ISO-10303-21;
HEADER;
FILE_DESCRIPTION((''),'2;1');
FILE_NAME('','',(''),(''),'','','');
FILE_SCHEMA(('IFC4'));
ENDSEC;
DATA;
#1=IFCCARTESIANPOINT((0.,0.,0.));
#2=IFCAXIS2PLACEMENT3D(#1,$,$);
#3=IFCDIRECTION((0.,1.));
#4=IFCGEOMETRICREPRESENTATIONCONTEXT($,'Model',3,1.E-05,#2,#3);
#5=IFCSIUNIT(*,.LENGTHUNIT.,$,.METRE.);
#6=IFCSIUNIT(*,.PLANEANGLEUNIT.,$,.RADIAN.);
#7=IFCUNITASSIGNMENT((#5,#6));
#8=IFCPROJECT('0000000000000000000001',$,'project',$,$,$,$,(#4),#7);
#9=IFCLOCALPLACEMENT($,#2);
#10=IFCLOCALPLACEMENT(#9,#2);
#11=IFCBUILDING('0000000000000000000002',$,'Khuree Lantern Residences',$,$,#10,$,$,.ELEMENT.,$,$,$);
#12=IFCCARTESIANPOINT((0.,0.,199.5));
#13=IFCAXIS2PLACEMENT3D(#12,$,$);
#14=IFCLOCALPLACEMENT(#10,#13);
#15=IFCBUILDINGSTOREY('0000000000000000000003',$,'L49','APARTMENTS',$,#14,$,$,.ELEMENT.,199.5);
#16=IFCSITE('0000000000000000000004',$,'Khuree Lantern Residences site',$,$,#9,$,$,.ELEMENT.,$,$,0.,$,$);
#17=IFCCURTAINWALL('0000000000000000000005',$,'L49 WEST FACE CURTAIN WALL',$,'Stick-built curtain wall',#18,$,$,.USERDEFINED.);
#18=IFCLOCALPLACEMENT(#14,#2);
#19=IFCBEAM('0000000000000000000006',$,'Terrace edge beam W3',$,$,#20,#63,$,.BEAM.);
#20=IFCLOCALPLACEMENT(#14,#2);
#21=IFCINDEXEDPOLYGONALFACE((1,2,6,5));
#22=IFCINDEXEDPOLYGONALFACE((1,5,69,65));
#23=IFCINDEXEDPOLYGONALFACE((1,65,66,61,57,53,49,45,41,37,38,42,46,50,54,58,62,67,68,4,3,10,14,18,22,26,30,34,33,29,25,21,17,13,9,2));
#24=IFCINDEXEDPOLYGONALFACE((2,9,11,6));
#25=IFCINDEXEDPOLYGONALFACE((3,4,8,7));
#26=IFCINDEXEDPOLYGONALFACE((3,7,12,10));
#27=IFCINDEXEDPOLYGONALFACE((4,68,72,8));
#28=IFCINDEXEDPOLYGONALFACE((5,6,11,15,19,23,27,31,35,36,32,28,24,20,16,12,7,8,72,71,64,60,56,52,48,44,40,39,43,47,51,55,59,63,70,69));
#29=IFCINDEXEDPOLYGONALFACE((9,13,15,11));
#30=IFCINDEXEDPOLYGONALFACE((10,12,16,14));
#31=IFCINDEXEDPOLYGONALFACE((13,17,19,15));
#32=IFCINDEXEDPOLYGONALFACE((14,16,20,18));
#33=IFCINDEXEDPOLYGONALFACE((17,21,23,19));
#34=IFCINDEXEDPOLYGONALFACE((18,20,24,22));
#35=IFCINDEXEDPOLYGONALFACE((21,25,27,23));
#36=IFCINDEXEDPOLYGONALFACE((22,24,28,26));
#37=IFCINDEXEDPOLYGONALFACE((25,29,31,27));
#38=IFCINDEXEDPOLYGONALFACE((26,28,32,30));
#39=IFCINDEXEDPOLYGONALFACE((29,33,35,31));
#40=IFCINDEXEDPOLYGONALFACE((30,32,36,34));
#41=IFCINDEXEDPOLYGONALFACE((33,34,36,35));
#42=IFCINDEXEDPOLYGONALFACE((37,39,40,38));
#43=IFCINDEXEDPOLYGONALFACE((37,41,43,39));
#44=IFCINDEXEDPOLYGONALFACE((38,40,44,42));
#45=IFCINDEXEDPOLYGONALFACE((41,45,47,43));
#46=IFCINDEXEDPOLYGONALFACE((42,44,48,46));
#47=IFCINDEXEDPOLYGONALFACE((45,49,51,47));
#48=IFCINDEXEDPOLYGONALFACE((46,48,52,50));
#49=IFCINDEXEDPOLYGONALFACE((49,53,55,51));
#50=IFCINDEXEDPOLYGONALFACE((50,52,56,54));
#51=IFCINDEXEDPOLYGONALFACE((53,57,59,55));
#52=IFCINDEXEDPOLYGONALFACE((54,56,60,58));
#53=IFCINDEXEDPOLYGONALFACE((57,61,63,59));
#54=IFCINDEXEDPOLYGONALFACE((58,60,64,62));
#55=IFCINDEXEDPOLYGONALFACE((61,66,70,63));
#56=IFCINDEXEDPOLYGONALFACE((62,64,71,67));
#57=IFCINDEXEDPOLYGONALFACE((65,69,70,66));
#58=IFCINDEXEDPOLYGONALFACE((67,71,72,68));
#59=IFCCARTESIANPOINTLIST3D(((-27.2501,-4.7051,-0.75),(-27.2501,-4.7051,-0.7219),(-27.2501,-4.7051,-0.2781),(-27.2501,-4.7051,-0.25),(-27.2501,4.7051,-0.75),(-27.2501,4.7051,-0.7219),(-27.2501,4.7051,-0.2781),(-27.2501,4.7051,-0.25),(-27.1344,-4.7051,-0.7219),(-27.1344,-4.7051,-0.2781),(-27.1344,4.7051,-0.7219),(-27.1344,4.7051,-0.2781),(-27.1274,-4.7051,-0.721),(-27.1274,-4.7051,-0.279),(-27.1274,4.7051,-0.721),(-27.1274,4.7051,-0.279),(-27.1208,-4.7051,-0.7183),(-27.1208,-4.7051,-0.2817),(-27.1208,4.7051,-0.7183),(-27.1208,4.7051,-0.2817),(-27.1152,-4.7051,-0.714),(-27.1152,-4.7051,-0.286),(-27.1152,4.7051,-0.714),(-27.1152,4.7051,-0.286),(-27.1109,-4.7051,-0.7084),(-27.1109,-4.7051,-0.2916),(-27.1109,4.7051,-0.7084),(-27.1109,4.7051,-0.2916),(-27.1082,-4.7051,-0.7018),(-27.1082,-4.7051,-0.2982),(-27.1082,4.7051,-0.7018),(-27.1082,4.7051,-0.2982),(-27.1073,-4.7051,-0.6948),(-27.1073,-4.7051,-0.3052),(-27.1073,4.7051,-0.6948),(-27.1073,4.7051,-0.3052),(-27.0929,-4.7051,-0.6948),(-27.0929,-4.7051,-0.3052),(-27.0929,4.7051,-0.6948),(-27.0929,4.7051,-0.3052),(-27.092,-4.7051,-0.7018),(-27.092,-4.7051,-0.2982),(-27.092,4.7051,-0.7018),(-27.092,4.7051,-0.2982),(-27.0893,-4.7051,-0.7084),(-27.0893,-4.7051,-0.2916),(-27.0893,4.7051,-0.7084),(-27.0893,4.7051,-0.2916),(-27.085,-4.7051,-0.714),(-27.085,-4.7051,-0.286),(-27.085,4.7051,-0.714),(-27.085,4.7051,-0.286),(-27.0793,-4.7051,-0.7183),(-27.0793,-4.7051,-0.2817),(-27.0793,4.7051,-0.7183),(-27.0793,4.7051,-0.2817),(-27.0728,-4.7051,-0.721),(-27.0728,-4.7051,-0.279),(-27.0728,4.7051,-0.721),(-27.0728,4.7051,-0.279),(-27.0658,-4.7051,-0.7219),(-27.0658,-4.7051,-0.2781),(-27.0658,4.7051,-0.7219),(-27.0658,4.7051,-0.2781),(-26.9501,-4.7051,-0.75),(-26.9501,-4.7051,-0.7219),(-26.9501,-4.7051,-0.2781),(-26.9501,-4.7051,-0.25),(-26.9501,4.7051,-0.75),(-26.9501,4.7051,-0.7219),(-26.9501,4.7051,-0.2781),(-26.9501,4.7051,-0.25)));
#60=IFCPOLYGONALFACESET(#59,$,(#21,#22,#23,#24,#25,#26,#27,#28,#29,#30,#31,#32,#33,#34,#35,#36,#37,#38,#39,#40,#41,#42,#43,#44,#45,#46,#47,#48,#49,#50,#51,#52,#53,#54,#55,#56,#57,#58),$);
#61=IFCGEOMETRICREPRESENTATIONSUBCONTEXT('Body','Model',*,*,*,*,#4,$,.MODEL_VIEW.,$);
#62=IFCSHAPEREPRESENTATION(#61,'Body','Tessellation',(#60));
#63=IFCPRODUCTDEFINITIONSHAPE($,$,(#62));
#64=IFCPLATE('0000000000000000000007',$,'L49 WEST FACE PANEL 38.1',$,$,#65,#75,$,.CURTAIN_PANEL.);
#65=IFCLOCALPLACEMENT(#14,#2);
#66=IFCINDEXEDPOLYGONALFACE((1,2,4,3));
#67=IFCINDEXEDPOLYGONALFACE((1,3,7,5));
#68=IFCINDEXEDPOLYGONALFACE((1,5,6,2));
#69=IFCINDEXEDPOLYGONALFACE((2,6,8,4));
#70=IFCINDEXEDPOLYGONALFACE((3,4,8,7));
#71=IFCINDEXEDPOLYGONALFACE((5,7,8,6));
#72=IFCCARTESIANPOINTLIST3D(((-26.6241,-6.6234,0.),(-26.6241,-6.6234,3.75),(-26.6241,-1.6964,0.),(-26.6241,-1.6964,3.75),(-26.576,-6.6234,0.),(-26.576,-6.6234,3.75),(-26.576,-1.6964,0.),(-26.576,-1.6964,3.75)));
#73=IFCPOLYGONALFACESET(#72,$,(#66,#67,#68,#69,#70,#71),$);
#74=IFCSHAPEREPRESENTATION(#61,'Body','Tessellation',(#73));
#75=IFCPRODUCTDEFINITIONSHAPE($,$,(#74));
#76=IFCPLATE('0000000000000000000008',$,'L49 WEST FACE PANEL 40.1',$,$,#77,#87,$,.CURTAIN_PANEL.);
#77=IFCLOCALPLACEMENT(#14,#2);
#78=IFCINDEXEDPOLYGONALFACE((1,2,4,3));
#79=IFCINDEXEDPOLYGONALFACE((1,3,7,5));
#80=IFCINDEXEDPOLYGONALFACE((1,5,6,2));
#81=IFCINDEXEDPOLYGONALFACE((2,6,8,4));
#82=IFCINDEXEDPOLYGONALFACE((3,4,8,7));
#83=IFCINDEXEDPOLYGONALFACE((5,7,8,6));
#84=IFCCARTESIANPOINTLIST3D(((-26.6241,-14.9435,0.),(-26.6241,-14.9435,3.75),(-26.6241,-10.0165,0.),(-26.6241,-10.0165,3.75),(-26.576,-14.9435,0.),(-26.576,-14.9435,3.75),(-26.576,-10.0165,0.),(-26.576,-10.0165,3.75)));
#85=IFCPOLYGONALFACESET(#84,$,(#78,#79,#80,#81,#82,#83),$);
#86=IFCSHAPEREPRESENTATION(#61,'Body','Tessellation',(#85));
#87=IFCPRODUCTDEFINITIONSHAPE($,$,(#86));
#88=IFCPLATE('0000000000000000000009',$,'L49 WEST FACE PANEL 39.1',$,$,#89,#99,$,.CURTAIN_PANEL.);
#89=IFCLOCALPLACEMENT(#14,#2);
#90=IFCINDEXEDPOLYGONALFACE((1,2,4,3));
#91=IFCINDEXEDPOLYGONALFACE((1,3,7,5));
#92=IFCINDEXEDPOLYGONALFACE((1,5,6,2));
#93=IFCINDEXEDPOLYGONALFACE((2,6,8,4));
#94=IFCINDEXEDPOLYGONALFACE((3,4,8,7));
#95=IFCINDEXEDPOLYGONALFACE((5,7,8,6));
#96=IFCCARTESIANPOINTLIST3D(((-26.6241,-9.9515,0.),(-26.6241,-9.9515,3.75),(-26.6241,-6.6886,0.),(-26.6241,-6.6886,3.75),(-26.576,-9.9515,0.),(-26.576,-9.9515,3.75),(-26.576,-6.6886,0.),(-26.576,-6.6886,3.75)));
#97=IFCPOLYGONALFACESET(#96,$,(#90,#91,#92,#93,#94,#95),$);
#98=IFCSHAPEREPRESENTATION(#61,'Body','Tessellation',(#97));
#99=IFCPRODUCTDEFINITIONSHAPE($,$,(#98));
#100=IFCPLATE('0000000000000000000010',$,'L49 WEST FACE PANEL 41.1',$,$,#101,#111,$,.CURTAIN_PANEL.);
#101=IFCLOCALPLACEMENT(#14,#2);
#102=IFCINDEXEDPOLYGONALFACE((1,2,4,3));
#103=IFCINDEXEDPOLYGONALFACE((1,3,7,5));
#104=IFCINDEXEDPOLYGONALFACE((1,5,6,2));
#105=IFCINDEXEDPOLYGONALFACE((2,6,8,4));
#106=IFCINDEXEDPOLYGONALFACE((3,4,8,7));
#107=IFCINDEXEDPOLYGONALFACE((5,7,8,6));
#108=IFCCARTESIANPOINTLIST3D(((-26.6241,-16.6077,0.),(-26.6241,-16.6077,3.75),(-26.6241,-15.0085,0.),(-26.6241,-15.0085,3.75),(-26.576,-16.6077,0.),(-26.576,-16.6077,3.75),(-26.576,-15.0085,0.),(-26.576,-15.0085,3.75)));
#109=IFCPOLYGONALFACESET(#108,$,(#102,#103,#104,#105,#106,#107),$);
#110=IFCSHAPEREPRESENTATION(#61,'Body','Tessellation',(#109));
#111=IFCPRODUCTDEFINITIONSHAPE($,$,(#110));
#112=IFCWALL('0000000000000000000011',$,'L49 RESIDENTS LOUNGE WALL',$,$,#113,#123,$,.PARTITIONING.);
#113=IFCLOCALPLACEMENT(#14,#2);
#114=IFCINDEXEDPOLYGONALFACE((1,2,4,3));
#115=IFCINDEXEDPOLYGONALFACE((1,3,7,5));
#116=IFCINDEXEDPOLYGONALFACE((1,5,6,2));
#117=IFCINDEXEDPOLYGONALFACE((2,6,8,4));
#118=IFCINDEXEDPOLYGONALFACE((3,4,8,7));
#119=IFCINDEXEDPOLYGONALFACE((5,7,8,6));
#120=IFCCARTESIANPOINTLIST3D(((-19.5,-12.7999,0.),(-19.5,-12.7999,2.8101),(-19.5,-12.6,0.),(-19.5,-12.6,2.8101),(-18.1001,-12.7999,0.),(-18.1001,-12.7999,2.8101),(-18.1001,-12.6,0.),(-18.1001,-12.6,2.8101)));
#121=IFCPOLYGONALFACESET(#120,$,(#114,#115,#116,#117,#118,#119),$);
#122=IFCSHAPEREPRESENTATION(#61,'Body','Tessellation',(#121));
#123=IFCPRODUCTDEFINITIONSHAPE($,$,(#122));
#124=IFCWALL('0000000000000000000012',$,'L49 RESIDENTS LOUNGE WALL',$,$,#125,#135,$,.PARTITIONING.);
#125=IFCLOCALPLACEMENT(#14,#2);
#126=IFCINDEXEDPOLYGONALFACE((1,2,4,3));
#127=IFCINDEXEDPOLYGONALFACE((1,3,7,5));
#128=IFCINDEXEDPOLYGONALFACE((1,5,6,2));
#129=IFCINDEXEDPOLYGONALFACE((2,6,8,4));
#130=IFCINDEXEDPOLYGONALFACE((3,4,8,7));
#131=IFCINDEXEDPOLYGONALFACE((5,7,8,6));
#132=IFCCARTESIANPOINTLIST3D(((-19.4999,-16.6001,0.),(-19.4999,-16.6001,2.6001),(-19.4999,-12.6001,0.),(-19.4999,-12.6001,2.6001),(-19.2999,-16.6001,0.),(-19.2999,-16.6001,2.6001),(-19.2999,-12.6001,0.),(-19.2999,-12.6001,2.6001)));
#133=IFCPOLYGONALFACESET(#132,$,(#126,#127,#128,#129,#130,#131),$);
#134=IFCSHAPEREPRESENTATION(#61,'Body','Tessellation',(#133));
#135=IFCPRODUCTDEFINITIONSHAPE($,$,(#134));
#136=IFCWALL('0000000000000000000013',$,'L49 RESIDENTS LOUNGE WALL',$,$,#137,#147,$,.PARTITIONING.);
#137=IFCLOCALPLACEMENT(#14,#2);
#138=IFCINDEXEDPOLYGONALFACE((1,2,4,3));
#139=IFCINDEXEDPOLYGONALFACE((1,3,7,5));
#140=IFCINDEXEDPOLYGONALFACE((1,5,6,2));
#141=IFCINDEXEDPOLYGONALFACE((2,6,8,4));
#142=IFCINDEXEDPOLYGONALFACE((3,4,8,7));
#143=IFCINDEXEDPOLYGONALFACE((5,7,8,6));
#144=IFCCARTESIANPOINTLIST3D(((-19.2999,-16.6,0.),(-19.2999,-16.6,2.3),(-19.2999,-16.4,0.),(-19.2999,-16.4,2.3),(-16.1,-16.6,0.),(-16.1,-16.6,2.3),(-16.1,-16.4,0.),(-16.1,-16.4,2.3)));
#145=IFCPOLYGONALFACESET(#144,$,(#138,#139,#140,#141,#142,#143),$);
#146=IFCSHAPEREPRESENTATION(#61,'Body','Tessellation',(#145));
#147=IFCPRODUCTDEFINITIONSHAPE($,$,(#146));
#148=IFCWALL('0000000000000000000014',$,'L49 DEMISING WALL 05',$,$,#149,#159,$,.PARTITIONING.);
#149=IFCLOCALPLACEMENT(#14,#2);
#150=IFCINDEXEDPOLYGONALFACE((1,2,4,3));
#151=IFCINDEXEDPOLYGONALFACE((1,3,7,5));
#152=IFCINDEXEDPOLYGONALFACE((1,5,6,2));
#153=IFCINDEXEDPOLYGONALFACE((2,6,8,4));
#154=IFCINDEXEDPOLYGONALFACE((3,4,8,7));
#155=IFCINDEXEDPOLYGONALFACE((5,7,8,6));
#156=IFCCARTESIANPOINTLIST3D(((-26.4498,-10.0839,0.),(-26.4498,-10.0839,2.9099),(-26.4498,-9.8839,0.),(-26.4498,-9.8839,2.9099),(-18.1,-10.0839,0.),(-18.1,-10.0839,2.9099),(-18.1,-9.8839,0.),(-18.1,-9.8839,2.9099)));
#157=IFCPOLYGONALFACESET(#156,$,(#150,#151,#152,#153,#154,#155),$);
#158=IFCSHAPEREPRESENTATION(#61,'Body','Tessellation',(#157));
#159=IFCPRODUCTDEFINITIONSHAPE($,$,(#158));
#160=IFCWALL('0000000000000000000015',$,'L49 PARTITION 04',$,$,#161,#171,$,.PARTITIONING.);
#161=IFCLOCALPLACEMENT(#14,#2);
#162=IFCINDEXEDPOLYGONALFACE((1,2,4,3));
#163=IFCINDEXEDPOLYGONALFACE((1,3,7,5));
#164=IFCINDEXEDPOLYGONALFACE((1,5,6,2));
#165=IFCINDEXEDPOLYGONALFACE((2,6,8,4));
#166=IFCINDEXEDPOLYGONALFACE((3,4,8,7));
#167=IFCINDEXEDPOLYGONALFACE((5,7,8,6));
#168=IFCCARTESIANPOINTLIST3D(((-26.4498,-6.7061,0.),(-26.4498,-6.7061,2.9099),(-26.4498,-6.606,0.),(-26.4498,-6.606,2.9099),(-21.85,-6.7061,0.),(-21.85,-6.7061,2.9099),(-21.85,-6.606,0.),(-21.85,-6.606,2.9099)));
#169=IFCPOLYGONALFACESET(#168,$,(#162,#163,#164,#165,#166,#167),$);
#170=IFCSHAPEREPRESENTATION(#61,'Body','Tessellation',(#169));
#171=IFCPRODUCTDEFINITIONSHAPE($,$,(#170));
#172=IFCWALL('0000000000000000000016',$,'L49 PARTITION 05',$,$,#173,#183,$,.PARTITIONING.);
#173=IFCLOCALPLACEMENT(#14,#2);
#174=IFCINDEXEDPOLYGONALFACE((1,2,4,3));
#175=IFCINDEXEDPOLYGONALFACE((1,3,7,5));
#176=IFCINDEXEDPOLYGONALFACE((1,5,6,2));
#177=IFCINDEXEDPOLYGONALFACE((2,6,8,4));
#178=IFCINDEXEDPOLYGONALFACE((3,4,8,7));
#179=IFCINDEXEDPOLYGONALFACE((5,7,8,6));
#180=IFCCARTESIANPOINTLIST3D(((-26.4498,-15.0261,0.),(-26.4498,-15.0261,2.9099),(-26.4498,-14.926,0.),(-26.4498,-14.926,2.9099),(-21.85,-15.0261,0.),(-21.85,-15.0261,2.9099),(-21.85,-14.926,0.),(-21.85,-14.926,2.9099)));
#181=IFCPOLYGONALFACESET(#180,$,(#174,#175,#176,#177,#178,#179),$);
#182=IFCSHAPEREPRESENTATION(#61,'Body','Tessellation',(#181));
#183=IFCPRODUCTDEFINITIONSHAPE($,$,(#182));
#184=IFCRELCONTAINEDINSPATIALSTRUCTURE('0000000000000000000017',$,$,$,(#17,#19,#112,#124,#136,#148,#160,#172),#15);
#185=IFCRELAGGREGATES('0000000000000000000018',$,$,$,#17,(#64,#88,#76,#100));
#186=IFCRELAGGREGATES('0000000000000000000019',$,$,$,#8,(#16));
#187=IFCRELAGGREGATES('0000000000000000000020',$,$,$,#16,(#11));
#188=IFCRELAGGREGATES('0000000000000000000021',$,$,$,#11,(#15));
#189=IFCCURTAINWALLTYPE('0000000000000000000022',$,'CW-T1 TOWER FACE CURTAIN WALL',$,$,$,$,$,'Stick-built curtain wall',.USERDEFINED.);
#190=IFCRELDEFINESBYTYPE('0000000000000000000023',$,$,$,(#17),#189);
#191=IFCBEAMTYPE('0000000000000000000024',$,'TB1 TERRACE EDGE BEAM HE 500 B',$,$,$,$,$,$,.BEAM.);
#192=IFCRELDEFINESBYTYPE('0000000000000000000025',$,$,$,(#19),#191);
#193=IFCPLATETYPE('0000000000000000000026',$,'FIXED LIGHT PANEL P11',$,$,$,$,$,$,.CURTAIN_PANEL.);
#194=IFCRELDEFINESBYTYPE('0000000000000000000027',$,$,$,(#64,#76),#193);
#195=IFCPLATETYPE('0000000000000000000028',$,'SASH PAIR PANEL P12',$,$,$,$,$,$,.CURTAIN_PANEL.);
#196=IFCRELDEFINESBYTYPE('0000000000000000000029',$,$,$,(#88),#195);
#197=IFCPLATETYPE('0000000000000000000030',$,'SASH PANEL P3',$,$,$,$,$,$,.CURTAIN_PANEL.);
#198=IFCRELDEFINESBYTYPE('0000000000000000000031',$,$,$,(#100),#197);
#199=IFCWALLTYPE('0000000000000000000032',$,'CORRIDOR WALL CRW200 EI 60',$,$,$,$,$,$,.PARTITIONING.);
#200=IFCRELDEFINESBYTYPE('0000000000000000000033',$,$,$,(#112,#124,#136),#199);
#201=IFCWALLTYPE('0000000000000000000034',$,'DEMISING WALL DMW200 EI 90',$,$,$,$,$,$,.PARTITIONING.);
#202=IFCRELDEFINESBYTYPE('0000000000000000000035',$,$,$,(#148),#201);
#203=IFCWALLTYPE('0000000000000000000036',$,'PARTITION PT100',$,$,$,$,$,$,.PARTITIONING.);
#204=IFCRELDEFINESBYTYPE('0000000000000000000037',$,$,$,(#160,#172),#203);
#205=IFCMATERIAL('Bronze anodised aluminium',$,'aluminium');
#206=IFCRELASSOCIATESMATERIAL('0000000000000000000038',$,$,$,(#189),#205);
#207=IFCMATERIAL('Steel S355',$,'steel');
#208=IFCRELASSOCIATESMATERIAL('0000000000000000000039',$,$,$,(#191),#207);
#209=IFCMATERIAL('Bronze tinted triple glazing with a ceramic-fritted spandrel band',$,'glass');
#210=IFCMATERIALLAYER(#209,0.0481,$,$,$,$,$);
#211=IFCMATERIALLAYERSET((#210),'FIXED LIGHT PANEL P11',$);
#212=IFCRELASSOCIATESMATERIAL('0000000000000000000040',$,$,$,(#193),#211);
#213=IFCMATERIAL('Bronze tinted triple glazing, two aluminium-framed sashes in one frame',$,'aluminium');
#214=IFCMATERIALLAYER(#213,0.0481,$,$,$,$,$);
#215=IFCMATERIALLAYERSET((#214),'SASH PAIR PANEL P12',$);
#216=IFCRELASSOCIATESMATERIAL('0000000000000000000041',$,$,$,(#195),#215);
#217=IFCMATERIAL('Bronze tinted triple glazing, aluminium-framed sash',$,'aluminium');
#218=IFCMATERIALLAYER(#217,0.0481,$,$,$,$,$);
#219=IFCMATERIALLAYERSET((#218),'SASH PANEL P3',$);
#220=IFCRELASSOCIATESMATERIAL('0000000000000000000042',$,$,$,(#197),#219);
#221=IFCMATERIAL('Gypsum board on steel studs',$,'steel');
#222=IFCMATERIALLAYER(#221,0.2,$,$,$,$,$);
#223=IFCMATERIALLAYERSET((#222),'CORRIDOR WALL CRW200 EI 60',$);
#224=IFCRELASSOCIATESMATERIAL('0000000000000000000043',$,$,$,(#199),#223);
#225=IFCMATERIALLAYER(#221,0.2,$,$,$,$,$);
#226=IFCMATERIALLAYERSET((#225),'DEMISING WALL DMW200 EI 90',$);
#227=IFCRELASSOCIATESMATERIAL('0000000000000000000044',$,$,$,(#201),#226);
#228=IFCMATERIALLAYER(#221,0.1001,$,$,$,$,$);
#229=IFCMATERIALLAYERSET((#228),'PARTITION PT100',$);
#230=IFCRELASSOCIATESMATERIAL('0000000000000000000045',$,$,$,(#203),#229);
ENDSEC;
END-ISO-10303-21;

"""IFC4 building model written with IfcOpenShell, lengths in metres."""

from ifc_helpers import new_model, si_unit, direction, frame, frame_2d, origin, origin_2d, place, context, subcontext, project, spatial, rectangle, i_section, extrude, material, layer, layer_set, material_profile, profile_set, type_object, element, aggregate, save


model = new_model("IFC4")

# Units and contexts
model_context = context("Model", 3, precision=1e-05, world=origin(), true_north=direction((0.0, 1.0)))
body_context = subcontext(model_context, "Body", "Model", "MODEL_VIEW")
ifc_project = project(units=[si_unit("LENGTHUNIT", "METRE"), si_unit("PLANEANGLEUNIT", "RADIAN")], contexts=[model_context])

# Site, building, storey
site_placement = place(None, origin())
site = spatial("IfcSite", under=ifc_project, at=site_placement, Name="Khuree Lantern Residences site", CompositionType="ELEMENT", RefElevation=0.0)
building_placement = place(site_placement, origin())
building = spatial("IfcBuilding", under=site, at=building_placement, Name="Khuree Lantern Residences", CompositionType="ELEMENT")
storey_placement = place(building_placement, frame((0.0, 0.0, 199.5)))
storey = spatial("IfcBuildingStorey", under=building, at=storey_placement, Name="L49", Description="APARTMENTS", CompositionType="ELEMENT", Elevation=199.5)

# Shared definitions
ifc_material_1 = material(Name="Steel S355", Category="steel")

# Curtain wall
ifc_material_2 = material(Name="Bronze anodised aluminium", Category="aluminium")
curtain_wall_type = type_object("IfcCurtainWallType", Name="CW-T1 TOWER FACE CURTAIN WALL", ElementType="Stick-built curtain wall", PredefinedType="USERDEFINED", material=ifc_material_2)
curtain_wall_placement = place(storey_placement, origin())
curtain_wall = element("IfcCurtainWall", 1, at=curtain_wall_placement, inside=storey, type_object=curtain_wall_type, Name="L49 WEST FACE CURTAIN WALL", ObjectType="Stick-built curtain wall", PredefinedType="USERDEFINED")

# Beam
ifc_material_profile_1 = material_profile(ifc_material_1, i_section(OverallWidth=0.3, OverallDepth=0.5, WebThickness=0.0144, FlangeThickness=0.0281, FilletRadius=0.0271, at=origin_2d()), Name="HE 500 B")
ifc_profile_set_1 = profile_set([ifc_material_profile_1], Name="Steel S355")
beam_type_1 = type_object("IfcBeamType", Name="TB1 TERRACE EDGE BEAM HE 500 B", PredefinedType="BEAM", material=ifc_profile_set_1)
beam_1_placement = place(storey_placement, frame((-27.1001, -4.7051, -0.5), z_axis=(0.0, 1.0, 0.0), x_axis=(-1.0, 0.0, 0.0)))
element("IfcBeam", 2, at=beam_1_placement, inside=storey, type_object=beam_type_1, Name="Terrace edge beam W3", PredefinedType="BEAM", context=body_context, shape_type="SweptSolid", body=[
    extrude(i_section(OverallWidth=0.3, OverallDepth=0.5, WebThickness=0.0144, FlangeThickness=0.0281, FilletRadius=0.0271, at=origin_2d()), origin(), (0.0, 0.0, 1.0), 9.4102),
])

# Plates
ifc_material_3 = material(Name="Bronze tinted triple glazing with a ceramic-fritted spandrel band", Category="glass")
ifc_layer_1 = layer(ifc_material_3, 0.0481)
ifc_layer_set_1 = layer_set([ifc_layer_1], Name="FIXED LIGHT PANEL P11")
plate_type_1 = type_object("IfcPlateType", Name="FIXED LIGHT PANEL P11", PredefinedType="CURTAIN_PANEL", material=ifc_layer_set_1)
plate_1_placement = place(storey_placement, frame((-26.6001, -4.1599, 0.0), z_axis=(0.0, 0.0, 1.0), x_axis=(0.0, -1.0, 0.0)))
plate_1 = element("IfcPlate", 3, at=plate_1_placement, type_object=plate_type_1, Name="L49 WEST FACE PANEL 38.1", PredefinedType="CURTAIN_PANEL", context=body_context, shape_type="SweptSolid", body=[
    extrude(rectangle(XDim=4.927, YDim=0.0481, at=origin_2d()), origin(), (0.0, 0.0, 1.0), 3.75),
])
plate_2_placement = place(storey_placement, frame((-26.6001, -12.48, 0.0), z_axis=(0.0, 0.0, 1.0), x_axis=(0.0, -1.0, 0.0)))
plate_2 = element("IfcPlate", 4, at=plate_2_placement, type_object=plate_type_1, Name="L49 WEST FACE PANEL 40.1", PredefinedType="CURTAIN_PANEL", context=body_context, shape_type="SweptSolid", body=[
    extrude(rectangle(XDim=4.927, YDim=0.0481, at=origin_2d()), origin(), (0.0, 0.0, 1.0), 3.75),
])
ifc_material_4 = material(Name="Bronze tinted triple glazing, two aluminium-framed sashes in one frame", Category="aluminium")
ifc_layer_2 = layer(ifc_material_4, 0.0481)
ifc_layer_set_2 = layer_set([ifc_layer_2], Name="SASH PAIR PANEL P12")
plate_type_2 = type_object("IfcPlateType", Name="SASH PAIR PANEL P12", PredefinedType="CURTAIN_PANEL", material=ifc_layer_set_2)
plate_3_placement = place(storey_placement, frame((-26.6001, -8.3201, 0.0), z_axis=(0.0, 0.0, 1.0), x_axis=(0.0, -1.0, 0.0)))
plate_3 = element("IfcPlate", 5, at=plate_3_placement, type_object=plate_type_2, Name="L49 WEST FACE PANEL 39.1", PredefinedType="CURTAIN_PANEL", context=body_context, shape_type="SweptSolid", body=[
    extrude(rectangle(XDim=3.2629, YDim=0.0481, at=origin_2d()), origin(), (0.0, 0.0, 1.0), 3.75),
])
ifc_material_5 = material(Name="Bronze tinted triple glazing, aluminium-framed sash", Category="aluminium")
ifc_layer_3 = layer(ifc_material_5, 0.0481)
ifc_layer_set_3 = layer_set([ifc_layer_3], Name="SASH PANEL P3")
plate_type_3 = type_object("IfcPlateType", Name="SASH PANEL P3", PredefinedType="CURTAIN_PANEL", material=ifc_layer_set_3)
plate_4_placement = place(storey_placement, frame((-26.6001, -15.8081, 0.0), z_axis=(0.0, 0.0, 1.0), x_axis=(0.0, -1.0, 0.0)))
plate_4 = element("IfcPlate", 6, at=plate_4_placement, type_object=plate_type_3, Name="L49 WEST FACE PANEL 41.1", PredefinedType="CURTAIN_PANEL", context=body_context, shape_type="SweptSolid", body=[
    extrude(rectangle(XDim=1.5991, YDim=0.0481, at=origin_2d()), origin(), (0.0, 0.0, 1.0), 3.75),
])
aggregate(curtain_wall, [plate_1, plate_3, plate_2, plate_4])

# Walls
ifc_material_6 = material(Name="Gypsum board on steel studs", Category="steel")
ifc_layer_4 = layer(ifc_material_6, 0.2)
ifc_layer_set_4 = layer_set([ifc_layer_4], Name="CORRIDOR WALL CRW200 EI 60")
wall_type_1 = type_object("IfcWallType", Name="CORRIDOR WALL CRW200 EI 60", PredefinedType="PARTITIONING", material=ifc_layer_set_4)
wall_1_placement = place(storey_placement, frame((-18.1001, -12.7, 0.0), z_axis=(0.0, 0.0, 1.0), x_axis=(-1.0, 0.0, 0.0)))
element("IfcWall", 7, at=wall_1_placement, inside=storey, type_object=wall_type_1, Name="L49 RESIDENTS LOUNGE WALL", PredefinedType="PARTITIONING", context=body_context, shape_type="SweptSolid", body=[
    extrude(rectangle(XDim=1.3999, YDim=0.2, at=frame_2d((0.7, 0.0))), origin(), (0.0, 0.0, 1.0), 2.8101),
])
wall_2_placement = place(storey_placement, frame((-19.3999, -12.6001, 0.0), z_axis=(0.0, 0.0, 1.0), x_axis=(0.0, -1.0, 0.0)))
element("IfcWall", 8, at=wall_2_placement, inside=storey, type_object=wall_type_1, Name="L49 RESIDENTS LOUNGE WALL", PredefinedType="PARTITIONING", context=body_context, shape_type="SweptSolid", body=[
    extrude(rectangle(XDim=4.0, YDim=0.2, at=frame_2d((2.0, 0.0))), origin(), (0.0, 0.0, 1.0), 2.6001),
])
wall_3_placement = place(storey_placement, frame((-19.3, -16.5, 0.0), z_axis=(0.0, 0.0, 1.0), x_axis=(1.0, 0.0, 0.0)))
element("IfcWall", 9, at=wall_3_placement, inside=storey, type_object=wall_type_1, Name="L49 RESIDENTS LOUNGE WALL", PredefinedType="PARTITIONING", context=body_context, shape_type="SweptSolid", body=[
    extrude(rectangle(XDim=3.2, YDim=0.2, at=frame_2d((1.6001, 0.0))), origin(), (0.0, 0.0, 1.0), 2.3),
])
ifc_layer_5 = layer(ifc_material_6, 0.2)
ifc_layer_set_5 = layer_set([ifc_layer_5], Name="DEMISING WALL DMW200 EI 90")
wall_type_2 = type_object("IfcWallType", Name="DEMISING WALL DMW200 EI 90", PredefinedType="PARTITIONING", material=ifc_layer_set_5)
wall_4_placement = place(storey_placement, frame((-18.1001, -9.9839, 0.0), z_axis=(0.0, 0.0, 1.0), x_axis=(-1.0, 0.0, 0.0)))
element("IfcWall", 10, at=wall_4_placement, inside=storey, type_object=wall_type_2, Name="L49 DEMISING WALL 05", PredefinedType="PARTITIONING", context=body_context, shape_type="SweptSolid", body=[
    extrude(rectangle(XDim=8.3499, YDim=0.2, at=frame_2d((4.1748, 0.0))), origin(), (0.0, 0.0, 1.0), 2.9099),
])
ifc_layer_6 = layer(ifc_material_6, 0.1001)
ifc_layer_set_6 = layer_set([ifc_layer_6], Name="PARTITION PT100")
wall_type_3 = type_object("IfcWallType", Name="PARTITION PT100", PredefinedType="PARTITIONING", material=ifc_layer_set_6)
for number, where, z_axis, x_axis, name in (
    (11, (-21.8501, -6.656, 0.0), (0.0, 0.0, 1.0), (-1.0, 0.0, 0.0), "L49 PARTITION 04"),
    (12, (-21.8501, -14.9761, 0.0), (0.0, 0.0, 1.0), (-1.0, 0.0, 0.0), "L49 PARTITION 05"),
):
    element("IfcWall", number, at=place(storey_placement, frame(where, z_axis=z_axis, x_axis=x_axis)), inside=storey, type_object=wall_type_3, Name=name, PredefinedType="PARTITIONING", context=body_context, shape_type="SweptSolid", body=[
        extrude(rectangle(XDim=4.5999, YDim=0.1001, at=frame_2d((2.2998, 0.0))), origin(), (0.0, 0.0, 1.0), 2.9099),
    ])

save(model, "model.ifc")
